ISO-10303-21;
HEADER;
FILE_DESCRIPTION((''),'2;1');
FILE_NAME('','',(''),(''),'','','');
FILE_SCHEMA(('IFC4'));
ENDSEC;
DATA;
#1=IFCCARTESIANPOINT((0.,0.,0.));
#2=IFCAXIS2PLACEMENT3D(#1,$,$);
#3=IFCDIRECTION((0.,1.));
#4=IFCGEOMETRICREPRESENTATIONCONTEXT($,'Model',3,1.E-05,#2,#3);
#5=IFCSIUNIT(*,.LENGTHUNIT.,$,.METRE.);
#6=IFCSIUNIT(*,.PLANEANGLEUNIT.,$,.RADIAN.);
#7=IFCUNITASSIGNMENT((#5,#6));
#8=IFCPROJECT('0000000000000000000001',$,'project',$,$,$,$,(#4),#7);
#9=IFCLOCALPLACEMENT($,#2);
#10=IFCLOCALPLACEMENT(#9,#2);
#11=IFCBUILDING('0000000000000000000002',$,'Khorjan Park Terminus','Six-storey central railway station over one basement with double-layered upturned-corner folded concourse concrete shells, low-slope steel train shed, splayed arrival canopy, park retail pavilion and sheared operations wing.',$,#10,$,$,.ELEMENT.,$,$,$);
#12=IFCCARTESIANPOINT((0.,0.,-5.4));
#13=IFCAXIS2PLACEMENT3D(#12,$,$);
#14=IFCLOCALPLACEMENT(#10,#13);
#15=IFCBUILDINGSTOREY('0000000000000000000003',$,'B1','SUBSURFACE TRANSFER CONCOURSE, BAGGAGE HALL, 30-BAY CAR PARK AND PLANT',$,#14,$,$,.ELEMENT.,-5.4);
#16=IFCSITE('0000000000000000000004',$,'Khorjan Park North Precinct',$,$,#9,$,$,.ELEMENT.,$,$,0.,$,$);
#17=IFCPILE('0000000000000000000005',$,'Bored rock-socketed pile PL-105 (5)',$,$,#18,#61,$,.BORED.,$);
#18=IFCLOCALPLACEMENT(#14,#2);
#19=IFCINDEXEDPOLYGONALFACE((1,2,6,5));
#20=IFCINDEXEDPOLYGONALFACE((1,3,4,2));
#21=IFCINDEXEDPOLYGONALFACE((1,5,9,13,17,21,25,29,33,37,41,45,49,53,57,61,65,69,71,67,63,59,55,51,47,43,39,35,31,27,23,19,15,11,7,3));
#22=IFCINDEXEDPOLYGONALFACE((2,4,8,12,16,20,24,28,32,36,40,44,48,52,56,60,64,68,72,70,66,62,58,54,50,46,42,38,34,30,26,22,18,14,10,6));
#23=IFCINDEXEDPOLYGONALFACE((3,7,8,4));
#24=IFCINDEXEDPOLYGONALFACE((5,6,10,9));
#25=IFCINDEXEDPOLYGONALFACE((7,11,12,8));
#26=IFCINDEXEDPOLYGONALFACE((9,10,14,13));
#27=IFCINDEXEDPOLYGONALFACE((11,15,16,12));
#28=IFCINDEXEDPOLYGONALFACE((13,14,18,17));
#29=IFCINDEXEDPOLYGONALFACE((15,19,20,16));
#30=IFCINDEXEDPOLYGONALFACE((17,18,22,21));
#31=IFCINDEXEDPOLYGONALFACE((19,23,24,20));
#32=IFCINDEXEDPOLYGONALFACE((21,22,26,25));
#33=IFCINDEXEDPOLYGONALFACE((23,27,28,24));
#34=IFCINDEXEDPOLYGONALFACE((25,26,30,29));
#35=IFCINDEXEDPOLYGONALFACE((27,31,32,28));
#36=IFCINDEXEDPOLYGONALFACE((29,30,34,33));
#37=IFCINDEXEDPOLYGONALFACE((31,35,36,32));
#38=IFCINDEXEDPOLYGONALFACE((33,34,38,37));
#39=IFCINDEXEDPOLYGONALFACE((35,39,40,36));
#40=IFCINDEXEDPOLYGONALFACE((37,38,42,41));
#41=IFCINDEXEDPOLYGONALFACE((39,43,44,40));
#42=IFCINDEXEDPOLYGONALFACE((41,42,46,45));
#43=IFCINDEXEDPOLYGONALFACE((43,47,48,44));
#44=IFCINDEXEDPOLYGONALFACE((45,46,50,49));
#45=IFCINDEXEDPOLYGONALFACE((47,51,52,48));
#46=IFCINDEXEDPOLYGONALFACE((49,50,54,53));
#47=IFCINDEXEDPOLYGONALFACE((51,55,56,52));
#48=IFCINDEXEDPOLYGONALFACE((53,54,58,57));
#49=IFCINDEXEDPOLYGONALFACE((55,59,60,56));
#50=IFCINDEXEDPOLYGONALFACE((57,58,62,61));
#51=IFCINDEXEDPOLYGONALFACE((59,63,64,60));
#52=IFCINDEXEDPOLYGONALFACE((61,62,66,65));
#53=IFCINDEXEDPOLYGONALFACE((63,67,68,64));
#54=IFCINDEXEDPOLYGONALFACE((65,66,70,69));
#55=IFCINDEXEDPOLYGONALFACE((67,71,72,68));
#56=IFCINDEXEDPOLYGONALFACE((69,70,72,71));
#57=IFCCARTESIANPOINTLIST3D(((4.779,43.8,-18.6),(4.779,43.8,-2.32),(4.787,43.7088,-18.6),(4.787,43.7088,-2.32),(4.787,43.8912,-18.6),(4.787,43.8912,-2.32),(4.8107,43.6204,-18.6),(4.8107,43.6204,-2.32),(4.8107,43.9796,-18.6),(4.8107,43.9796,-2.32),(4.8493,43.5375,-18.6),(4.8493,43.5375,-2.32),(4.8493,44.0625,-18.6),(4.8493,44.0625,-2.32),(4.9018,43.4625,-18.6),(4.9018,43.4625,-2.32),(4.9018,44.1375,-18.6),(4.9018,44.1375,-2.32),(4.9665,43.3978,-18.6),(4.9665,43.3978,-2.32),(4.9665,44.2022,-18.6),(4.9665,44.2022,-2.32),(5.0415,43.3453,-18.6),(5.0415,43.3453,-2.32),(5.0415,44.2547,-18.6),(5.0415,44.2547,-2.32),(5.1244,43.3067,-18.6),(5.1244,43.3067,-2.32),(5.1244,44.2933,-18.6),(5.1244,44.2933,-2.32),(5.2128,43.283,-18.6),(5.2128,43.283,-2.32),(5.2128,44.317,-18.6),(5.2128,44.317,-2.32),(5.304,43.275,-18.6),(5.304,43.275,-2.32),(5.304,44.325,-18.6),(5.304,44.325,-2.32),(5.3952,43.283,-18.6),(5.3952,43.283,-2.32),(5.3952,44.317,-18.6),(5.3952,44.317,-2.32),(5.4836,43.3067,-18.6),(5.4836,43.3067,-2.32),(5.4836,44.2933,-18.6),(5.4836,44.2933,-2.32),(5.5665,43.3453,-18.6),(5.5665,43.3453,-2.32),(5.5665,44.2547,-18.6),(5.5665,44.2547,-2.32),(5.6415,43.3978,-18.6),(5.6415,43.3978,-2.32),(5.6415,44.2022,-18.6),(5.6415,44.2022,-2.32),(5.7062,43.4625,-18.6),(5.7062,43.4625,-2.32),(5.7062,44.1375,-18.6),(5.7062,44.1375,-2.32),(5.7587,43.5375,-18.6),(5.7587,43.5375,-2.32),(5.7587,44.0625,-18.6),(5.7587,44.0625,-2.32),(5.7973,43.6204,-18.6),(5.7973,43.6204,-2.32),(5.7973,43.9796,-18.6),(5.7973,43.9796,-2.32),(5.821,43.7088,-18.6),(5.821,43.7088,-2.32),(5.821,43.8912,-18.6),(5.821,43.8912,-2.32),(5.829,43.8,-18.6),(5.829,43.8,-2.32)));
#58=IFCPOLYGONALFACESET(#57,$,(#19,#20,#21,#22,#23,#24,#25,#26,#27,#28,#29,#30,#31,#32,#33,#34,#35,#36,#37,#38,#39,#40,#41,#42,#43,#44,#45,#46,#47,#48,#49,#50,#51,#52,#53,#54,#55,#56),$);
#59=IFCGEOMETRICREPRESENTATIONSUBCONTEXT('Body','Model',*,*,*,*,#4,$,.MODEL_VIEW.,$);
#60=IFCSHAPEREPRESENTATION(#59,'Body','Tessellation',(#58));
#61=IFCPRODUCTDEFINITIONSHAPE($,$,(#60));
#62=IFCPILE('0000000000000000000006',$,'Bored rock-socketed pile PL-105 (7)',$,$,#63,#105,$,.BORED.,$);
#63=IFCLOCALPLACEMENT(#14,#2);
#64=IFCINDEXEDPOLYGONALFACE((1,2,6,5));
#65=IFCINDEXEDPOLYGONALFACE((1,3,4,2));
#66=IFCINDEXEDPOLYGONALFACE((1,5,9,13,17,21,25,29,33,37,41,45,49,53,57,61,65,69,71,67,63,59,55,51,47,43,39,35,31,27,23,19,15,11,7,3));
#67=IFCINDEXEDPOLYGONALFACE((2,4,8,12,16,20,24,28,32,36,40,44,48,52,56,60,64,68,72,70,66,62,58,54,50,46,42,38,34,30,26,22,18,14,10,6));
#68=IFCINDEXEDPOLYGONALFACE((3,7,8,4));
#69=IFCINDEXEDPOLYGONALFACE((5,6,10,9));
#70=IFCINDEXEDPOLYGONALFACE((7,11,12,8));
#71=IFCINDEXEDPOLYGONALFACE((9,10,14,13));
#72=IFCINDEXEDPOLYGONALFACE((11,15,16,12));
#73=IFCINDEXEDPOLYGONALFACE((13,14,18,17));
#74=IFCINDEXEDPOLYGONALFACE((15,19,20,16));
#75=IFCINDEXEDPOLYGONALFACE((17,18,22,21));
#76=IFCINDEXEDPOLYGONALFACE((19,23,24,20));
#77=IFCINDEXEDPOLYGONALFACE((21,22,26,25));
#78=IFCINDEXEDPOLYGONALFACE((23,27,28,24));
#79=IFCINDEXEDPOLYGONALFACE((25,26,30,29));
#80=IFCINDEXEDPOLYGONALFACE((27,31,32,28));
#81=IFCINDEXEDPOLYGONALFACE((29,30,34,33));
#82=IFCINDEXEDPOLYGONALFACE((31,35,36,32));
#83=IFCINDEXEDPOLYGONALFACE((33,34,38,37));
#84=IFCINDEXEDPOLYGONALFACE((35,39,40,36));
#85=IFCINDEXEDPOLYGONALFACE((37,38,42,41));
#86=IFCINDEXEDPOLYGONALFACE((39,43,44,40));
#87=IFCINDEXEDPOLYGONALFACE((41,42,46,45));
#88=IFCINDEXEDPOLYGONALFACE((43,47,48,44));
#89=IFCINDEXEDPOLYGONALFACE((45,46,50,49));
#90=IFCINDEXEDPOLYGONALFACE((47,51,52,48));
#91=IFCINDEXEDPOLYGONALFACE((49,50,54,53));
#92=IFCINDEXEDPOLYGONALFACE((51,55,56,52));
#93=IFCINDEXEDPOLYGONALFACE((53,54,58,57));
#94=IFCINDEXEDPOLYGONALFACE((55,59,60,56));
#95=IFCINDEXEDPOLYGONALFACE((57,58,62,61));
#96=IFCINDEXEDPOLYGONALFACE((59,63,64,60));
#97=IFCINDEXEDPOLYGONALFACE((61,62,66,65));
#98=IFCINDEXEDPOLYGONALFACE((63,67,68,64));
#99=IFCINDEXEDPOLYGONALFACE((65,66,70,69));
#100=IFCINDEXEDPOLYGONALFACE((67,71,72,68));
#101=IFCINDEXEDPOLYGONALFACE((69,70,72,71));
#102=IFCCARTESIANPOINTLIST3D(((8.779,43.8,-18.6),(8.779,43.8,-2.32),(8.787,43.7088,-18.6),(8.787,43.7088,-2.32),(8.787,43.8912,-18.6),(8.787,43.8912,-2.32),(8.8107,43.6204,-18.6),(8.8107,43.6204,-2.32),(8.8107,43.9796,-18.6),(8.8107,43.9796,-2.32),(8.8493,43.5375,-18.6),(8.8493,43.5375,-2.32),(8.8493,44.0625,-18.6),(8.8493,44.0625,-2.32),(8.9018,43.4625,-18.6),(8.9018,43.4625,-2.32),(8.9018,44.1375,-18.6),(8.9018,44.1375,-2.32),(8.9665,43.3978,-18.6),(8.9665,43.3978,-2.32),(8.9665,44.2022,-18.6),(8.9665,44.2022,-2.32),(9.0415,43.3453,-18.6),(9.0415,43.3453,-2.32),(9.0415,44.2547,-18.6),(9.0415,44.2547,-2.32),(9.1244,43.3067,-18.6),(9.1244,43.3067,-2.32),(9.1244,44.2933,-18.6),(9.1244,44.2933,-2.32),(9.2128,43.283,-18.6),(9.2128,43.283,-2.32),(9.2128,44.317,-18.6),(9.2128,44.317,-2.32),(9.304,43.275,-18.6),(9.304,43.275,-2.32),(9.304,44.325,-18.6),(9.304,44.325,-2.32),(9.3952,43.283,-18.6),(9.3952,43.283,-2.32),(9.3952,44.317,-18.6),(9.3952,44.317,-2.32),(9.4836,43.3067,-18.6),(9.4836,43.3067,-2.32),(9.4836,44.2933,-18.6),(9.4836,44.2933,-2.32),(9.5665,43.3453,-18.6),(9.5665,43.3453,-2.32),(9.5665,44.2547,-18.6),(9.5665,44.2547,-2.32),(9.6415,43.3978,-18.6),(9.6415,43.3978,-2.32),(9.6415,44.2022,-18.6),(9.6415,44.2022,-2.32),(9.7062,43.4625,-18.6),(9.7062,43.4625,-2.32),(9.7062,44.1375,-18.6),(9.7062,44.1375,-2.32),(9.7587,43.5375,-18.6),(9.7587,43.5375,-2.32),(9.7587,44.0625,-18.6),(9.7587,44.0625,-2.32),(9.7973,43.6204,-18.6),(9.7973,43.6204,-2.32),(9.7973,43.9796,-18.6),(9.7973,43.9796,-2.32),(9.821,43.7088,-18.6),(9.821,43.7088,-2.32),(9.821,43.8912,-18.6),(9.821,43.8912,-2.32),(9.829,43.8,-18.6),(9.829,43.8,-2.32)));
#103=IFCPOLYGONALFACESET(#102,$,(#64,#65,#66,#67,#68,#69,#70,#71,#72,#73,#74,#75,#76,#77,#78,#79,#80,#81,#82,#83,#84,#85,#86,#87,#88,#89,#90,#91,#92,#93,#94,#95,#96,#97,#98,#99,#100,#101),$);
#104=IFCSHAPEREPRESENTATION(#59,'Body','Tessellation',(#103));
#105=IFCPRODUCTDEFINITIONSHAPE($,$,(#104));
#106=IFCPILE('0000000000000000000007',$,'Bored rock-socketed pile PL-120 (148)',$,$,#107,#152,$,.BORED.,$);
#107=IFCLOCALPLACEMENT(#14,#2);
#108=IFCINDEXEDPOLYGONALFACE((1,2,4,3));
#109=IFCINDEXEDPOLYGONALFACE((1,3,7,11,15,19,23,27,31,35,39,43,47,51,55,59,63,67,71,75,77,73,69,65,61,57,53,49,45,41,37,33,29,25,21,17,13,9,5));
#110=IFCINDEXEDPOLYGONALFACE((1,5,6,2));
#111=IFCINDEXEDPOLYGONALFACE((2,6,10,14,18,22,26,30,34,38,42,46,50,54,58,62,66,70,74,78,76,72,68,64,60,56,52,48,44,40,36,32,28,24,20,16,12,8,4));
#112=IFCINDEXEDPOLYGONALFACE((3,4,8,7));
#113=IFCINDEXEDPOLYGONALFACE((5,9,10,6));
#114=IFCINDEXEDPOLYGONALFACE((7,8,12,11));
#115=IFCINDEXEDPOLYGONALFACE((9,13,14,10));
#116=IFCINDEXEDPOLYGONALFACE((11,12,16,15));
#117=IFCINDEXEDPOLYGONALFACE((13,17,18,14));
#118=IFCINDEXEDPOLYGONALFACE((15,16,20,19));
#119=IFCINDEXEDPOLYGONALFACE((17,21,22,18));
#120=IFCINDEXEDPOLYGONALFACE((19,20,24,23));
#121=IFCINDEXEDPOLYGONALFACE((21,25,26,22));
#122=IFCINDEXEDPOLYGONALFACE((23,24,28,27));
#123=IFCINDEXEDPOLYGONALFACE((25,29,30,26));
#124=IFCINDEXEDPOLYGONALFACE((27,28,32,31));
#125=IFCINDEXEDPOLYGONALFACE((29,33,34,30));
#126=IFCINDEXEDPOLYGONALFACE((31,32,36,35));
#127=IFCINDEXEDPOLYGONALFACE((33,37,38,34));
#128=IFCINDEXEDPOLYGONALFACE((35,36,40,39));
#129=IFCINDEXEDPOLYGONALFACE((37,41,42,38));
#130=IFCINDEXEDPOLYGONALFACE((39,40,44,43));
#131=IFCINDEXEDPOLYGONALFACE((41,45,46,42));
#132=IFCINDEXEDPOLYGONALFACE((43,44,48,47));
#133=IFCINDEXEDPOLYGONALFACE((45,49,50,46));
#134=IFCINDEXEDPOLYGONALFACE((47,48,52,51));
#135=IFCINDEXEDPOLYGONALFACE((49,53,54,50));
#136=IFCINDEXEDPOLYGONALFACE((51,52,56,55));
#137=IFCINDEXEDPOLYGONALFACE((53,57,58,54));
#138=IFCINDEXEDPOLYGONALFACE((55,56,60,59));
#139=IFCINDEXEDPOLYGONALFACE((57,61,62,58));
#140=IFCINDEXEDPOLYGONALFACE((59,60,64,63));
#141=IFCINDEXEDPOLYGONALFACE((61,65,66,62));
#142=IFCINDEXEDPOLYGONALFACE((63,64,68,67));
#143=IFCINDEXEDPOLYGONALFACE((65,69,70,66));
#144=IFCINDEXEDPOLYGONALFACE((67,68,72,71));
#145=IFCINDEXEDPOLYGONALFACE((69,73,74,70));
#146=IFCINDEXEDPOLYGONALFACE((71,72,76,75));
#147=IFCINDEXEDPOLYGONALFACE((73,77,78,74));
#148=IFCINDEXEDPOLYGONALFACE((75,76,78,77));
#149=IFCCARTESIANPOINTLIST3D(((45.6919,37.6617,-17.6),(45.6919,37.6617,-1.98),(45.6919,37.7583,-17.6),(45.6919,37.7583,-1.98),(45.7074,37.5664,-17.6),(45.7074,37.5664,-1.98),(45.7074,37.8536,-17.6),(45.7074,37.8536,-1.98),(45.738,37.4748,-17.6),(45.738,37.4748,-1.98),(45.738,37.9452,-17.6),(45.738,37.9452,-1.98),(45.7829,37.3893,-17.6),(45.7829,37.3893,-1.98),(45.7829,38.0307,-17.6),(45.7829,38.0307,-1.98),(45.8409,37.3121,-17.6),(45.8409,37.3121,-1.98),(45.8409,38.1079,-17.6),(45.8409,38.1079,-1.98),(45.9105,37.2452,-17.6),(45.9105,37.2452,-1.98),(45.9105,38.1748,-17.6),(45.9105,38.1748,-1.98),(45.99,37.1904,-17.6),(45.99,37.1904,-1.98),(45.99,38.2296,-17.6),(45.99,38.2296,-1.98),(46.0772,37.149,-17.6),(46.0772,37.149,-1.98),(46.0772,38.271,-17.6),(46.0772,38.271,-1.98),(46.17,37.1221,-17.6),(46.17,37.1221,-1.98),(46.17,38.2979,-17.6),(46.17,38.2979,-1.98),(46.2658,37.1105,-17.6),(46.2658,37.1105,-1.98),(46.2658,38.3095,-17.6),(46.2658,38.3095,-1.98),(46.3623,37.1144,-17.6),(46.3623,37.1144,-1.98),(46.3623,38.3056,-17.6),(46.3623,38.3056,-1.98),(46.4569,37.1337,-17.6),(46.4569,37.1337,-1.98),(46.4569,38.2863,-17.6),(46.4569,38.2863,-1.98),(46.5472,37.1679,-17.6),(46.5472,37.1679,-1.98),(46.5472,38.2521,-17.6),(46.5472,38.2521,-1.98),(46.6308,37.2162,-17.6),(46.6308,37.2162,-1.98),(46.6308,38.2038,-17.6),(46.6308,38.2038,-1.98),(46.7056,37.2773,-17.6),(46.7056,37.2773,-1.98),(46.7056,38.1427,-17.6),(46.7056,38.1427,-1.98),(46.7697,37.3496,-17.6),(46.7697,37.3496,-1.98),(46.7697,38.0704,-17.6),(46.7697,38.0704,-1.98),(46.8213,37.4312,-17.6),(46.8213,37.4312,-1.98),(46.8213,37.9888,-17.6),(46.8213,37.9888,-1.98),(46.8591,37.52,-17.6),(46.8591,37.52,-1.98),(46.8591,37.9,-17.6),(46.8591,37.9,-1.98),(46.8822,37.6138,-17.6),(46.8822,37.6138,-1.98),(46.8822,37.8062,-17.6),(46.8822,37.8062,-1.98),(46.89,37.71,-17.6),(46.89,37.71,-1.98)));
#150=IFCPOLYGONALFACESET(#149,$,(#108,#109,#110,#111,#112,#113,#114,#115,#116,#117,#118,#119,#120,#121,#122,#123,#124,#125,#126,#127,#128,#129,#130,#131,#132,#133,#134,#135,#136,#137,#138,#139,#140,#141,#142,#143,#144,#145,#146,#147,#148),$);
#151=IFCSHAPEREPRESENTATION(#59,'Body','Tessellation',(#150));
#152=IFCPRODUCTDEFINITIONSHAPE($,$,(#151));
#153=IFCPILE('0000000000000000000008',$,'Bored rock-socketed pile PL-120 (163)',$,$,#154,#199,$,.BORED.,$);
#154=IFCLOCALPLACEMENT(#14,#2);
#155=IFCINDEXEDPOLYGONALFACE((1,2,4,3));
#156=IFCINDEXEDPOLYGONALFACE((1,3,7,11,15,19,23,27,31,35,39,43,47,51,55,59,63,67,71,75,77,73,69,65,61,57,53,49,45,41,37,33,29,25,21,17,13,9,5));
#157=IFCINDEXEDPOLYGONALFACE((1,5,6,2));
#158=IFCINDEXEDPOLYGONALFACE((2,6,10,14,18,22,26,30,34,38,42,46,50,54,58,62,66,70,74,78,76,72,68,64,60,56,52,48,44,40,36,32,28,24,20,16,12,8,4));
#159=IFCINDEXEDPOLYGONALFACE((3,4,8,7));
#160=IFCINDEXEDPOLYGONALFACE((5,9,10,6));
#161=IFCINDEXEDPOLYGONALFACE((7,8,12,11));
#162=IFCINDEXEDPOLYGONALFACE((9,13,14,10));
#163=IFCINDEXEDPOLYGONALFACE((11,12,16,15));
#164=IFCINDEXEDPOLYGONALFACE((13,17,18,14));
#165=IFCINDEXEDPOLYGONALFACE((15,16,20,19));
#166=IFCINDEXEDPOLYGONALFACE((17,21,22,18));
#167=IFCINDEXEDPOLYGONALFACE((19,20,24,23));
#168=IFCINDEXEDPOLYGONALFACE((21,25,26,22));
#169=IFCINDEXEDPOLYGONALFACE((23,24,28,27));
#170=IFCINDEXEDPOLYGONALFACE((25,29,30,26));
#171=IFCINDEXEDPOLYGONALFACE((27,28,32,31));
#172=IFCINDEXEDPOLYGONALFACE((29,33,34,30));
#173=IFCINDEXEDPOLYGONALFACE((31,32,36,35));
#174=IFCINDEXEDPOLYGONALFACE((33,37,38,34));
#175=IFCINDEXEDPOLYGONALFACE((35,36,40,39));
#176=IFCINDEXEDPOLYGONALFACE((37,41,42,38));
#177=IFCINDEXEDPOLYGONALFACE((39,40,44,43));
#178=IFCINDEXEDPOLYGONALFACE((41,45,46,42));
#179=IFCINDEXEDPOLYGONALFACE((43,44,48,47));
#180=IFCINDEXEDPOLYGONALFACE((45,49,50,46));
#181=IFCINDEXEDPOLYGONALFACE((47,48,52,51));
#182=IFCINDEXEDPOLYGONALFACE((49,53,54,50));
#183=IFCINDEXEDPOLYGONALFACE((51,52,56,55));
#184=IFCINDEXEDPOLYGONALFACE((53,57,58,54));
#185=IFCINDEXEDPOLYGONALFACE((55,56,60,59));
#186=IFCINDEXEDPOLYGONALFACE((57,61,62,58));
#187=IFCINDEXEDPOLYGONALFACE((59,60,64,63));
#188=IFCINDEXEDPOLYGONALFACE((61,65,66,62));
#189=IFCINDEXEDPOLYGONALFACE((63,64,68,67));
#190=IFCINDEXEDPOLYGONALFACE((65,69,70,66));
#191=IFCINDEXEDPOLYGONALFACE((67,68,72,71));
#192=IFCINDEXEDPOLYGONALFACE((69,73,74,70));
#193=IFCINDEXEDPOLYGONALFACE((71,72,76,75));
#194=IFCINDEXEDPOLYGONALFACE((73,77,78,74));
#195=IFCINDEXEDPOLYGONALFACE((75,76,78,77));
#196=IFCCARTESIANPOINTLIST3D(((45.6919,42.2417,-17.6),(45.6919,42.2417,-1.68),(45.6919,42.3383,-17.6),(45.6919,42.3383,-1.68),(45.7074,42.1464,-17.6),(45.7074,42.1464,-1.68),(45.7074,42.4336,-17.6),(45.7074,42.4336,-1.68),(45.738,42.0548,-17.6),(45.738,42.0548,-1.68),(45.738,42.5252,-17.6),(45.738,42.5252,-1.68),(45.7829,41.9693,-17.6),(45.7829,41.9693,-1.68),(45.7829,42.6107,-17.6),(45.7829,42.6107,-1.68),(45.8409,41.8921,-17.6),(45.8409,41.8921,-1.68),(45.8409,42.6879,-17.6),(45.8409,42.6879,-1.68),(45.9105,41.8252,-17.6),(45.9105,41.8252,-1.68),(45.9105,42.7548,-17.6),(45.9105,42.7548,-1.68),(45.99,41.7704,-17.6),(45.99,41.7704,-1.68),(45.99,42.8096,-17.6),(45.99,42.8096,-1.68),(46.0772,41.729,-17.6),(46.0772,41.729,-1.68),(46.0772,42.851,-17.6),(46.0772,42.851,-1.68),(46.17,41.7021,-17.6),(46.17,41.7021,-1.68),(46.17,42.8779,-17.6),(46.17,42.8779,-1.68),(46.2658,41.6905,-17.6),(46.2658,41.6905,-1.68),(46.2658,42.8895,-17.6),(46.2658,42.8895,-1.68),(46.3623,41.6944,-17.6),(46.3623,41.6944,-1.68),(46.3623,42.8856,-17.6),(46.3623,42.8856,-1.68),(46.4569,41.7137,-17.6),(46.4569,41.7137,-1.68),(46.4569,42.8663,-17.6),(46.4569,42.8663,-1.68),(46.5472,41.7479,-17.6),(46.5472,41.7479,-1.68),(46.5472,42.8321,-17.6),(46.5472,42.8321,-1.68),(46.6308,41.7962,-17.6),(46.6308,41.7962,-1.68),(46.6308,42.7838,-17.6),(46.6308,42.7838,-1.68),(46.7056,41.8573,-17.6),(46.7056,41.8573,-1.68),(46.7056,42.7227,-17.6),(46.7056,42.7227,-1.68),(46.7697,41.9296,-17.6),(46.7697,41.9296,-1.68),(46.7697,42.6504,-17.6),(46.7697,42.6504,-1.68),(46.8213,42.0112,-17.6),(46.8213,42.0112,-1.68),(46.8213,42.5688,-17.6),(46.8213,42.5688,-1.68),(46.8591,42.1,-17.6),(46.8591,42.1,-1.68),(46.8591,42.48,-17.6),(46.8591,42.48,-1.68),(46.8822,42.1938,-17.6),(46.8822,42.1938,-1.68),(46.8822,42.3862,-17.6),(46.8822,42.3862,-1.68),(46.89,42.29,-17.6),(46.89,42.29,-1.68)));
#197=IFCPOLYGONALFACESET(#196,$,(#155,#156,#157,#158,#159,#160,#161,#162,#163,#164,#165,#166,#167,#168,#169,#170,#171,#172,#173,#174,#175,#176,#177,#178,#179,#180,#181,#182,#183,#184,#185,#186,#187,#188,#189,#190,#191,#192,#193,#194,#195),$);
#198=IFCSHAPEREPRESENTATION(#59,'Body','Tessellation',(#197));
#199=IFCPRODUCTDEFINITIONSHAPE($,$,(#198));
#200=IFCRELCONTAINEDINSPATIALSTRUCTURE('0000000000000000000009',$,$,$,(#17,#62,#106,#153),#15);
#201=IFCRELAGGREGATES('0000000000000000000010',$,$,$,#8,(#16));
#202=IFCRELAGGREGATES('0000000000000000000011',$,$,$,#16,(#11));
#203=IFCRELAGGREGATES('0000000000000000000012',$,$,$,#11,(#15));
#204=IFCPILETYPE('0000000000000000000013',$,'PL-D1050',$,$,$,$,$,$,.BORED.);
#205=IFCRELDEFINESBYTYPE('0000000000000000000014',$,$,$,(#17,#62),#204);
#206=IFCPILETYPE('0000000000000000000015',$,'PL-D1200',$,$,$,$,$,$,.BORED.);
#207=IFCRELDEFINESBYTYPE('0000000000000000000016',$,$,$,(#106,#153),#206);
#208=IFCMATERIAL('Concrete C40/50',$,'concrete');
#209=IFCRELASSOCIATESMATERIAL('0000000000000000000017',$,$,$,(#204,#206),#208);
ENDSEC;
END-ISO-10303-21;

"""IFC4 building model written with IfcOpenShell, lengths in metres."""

from ifc_helpers import new_model, si_unit, direction, frame, origin, origin_2d, place, context, subcontext, project, spatial, circle, extrude, material, material_profile, profile_set, type_object, element, save


model = new_model("IFC4")

# Units and contexts
model_context = context("Model", 3, precision=1e-05, world=origin(), true_north=direction((0.0, 1.0)))
body_context = subcontext(model_context, "Body", "Model", "MODEL_VIEW")
ifc_project = project(units=[si_unit("LENGTHUNIT", "METRE"), si_unit("PLANEANGLEUNIT", "RADIAN")], contexts=[model_context])

# Site, building, storey
site_placement = place(None, origin())
site = spatial("IfcSite", under=ifc_project, at=site_placement, Name="Khorjan Park North Precinct", CompositionType="ELEMENT", RefElevation=0.0)
building_placement = place(site_placement, origin())
building = spatial("IfcBuilding", under=site, at=building_placement, Name="Khorjan Park Terminus", Description="Six-storey central railway station over one basement with double-layered upturned-corner folded concourse concrete shells, low-slope steel train shed, splayed arrival canopy, park retail pavilion and sheared operations wing.", CompositionType="ELEMENT")
storey_placement = place(building_placement, frame((0.0, 0.0, -5.4)))
storey = spatial("IfcBuildingStorey", under=building, at=storey_placement, Name="B1", Description="SUBSURFACE TRANSFER CONCOURSE, BAGGAGE HALL, 30-BAY CAR PARK AND PLANT", CompositionType="ELEMENT", Elevation=-5.4)

# Shared definitions
ifc_material_1 = material(Name="Concrete C40/50", Category="concrete")

# Piles
ifc_material_profile_1 = material_profile(ifc_material_1, circle(Radius=0.525, at=origin_2d()), Name="BORED D1050")
ifc_profile_set_1 = profile_set([ifc_material_profile_1], Name="Concrete C40/50")
pile_type_1 = type_object("IfcPileType", Name="PL-D1050", PredefinedType="BORED", material=ifc_profile_set_1)
for number, where, z_axis, x_axis, name in (
    (1, (5.304, 43.8, -2.32), (0.0, 0.0, -1.0), (1.0, 0.0, 0.0), "Bored rock-socketed pile PL-105 (5)"),
    (2, (9.304, 43.8, -2.32), (0.0, 0.0, -1.0), (1.0, 0.0, 0.0), "Bored rock-socketed pile PL-105 (7)"),
):
    element("IfcPile", number, at=place(storey_placement, frame(where, z_axis=z_axis, x_axis=x_axis)), inside=storey, type_object=pile_type_1, Name=name, PredefinedType="BORED", context=body_context, shape_type="SweptSolid", body=[
        extrude(circle(Radius=0.525, at=origin_2d()), origin(), (0.0, 0.0, 1.0), 16.28),
    ])
ifc_material_profile_2 = material_profile(ifc_material_1, circle(Radius=0.6, at=origin_2d()), Name="BORED D1200")
ifc_profile_set_2 = profile_set([ifc_material_profile_2], Name="Concrete C40/50")
pile_type_2 = type_object("IfcPileType", Name="PL-D1200", PredefinedType="BORED", material=ifc_profile_set_2)
pile_1_placement = place(storey_placement, frame((46.29, 37.71, -1.98), z_axis=(0.0, 0.0, -1.0), x_axis=(1.0, 0.0, 0.0)))
element("IfcPile", 3, at=pile_1_placement, inside=storey, type_object=pile_type_2, Name="Bored rock-socketed pile PL-120 (148)", PredefinedType="BORED", context=body_context, shape_type="SweptSolid", body=[
    extrude(circle(Radius=0.6, at=origin_2d()), origin(), (0.0, 0.0, 1.0), 15.62),
])
pile_2_placement = place(storey_placement, frame((46.29, 42.29, -1.68), z_axis=(0.0, 0.0, -1.0), x_axis=(1.0, 0.0, 0.0)))
element("IfcPile", 4, at=pile_2_placement, inside=storey, type_object=pile_type_2, Name="Bored rock-socketed pile PL-120 (163)", PredefinedType="BORED", context=body_context, shape_type="SweptSolid", body=[
    extrude(circle(Radius=0.6, at=origin_2d()), origin(), (0.0, 0.0, 1.0), 15.92),
])

save(model, "model.ifc")
